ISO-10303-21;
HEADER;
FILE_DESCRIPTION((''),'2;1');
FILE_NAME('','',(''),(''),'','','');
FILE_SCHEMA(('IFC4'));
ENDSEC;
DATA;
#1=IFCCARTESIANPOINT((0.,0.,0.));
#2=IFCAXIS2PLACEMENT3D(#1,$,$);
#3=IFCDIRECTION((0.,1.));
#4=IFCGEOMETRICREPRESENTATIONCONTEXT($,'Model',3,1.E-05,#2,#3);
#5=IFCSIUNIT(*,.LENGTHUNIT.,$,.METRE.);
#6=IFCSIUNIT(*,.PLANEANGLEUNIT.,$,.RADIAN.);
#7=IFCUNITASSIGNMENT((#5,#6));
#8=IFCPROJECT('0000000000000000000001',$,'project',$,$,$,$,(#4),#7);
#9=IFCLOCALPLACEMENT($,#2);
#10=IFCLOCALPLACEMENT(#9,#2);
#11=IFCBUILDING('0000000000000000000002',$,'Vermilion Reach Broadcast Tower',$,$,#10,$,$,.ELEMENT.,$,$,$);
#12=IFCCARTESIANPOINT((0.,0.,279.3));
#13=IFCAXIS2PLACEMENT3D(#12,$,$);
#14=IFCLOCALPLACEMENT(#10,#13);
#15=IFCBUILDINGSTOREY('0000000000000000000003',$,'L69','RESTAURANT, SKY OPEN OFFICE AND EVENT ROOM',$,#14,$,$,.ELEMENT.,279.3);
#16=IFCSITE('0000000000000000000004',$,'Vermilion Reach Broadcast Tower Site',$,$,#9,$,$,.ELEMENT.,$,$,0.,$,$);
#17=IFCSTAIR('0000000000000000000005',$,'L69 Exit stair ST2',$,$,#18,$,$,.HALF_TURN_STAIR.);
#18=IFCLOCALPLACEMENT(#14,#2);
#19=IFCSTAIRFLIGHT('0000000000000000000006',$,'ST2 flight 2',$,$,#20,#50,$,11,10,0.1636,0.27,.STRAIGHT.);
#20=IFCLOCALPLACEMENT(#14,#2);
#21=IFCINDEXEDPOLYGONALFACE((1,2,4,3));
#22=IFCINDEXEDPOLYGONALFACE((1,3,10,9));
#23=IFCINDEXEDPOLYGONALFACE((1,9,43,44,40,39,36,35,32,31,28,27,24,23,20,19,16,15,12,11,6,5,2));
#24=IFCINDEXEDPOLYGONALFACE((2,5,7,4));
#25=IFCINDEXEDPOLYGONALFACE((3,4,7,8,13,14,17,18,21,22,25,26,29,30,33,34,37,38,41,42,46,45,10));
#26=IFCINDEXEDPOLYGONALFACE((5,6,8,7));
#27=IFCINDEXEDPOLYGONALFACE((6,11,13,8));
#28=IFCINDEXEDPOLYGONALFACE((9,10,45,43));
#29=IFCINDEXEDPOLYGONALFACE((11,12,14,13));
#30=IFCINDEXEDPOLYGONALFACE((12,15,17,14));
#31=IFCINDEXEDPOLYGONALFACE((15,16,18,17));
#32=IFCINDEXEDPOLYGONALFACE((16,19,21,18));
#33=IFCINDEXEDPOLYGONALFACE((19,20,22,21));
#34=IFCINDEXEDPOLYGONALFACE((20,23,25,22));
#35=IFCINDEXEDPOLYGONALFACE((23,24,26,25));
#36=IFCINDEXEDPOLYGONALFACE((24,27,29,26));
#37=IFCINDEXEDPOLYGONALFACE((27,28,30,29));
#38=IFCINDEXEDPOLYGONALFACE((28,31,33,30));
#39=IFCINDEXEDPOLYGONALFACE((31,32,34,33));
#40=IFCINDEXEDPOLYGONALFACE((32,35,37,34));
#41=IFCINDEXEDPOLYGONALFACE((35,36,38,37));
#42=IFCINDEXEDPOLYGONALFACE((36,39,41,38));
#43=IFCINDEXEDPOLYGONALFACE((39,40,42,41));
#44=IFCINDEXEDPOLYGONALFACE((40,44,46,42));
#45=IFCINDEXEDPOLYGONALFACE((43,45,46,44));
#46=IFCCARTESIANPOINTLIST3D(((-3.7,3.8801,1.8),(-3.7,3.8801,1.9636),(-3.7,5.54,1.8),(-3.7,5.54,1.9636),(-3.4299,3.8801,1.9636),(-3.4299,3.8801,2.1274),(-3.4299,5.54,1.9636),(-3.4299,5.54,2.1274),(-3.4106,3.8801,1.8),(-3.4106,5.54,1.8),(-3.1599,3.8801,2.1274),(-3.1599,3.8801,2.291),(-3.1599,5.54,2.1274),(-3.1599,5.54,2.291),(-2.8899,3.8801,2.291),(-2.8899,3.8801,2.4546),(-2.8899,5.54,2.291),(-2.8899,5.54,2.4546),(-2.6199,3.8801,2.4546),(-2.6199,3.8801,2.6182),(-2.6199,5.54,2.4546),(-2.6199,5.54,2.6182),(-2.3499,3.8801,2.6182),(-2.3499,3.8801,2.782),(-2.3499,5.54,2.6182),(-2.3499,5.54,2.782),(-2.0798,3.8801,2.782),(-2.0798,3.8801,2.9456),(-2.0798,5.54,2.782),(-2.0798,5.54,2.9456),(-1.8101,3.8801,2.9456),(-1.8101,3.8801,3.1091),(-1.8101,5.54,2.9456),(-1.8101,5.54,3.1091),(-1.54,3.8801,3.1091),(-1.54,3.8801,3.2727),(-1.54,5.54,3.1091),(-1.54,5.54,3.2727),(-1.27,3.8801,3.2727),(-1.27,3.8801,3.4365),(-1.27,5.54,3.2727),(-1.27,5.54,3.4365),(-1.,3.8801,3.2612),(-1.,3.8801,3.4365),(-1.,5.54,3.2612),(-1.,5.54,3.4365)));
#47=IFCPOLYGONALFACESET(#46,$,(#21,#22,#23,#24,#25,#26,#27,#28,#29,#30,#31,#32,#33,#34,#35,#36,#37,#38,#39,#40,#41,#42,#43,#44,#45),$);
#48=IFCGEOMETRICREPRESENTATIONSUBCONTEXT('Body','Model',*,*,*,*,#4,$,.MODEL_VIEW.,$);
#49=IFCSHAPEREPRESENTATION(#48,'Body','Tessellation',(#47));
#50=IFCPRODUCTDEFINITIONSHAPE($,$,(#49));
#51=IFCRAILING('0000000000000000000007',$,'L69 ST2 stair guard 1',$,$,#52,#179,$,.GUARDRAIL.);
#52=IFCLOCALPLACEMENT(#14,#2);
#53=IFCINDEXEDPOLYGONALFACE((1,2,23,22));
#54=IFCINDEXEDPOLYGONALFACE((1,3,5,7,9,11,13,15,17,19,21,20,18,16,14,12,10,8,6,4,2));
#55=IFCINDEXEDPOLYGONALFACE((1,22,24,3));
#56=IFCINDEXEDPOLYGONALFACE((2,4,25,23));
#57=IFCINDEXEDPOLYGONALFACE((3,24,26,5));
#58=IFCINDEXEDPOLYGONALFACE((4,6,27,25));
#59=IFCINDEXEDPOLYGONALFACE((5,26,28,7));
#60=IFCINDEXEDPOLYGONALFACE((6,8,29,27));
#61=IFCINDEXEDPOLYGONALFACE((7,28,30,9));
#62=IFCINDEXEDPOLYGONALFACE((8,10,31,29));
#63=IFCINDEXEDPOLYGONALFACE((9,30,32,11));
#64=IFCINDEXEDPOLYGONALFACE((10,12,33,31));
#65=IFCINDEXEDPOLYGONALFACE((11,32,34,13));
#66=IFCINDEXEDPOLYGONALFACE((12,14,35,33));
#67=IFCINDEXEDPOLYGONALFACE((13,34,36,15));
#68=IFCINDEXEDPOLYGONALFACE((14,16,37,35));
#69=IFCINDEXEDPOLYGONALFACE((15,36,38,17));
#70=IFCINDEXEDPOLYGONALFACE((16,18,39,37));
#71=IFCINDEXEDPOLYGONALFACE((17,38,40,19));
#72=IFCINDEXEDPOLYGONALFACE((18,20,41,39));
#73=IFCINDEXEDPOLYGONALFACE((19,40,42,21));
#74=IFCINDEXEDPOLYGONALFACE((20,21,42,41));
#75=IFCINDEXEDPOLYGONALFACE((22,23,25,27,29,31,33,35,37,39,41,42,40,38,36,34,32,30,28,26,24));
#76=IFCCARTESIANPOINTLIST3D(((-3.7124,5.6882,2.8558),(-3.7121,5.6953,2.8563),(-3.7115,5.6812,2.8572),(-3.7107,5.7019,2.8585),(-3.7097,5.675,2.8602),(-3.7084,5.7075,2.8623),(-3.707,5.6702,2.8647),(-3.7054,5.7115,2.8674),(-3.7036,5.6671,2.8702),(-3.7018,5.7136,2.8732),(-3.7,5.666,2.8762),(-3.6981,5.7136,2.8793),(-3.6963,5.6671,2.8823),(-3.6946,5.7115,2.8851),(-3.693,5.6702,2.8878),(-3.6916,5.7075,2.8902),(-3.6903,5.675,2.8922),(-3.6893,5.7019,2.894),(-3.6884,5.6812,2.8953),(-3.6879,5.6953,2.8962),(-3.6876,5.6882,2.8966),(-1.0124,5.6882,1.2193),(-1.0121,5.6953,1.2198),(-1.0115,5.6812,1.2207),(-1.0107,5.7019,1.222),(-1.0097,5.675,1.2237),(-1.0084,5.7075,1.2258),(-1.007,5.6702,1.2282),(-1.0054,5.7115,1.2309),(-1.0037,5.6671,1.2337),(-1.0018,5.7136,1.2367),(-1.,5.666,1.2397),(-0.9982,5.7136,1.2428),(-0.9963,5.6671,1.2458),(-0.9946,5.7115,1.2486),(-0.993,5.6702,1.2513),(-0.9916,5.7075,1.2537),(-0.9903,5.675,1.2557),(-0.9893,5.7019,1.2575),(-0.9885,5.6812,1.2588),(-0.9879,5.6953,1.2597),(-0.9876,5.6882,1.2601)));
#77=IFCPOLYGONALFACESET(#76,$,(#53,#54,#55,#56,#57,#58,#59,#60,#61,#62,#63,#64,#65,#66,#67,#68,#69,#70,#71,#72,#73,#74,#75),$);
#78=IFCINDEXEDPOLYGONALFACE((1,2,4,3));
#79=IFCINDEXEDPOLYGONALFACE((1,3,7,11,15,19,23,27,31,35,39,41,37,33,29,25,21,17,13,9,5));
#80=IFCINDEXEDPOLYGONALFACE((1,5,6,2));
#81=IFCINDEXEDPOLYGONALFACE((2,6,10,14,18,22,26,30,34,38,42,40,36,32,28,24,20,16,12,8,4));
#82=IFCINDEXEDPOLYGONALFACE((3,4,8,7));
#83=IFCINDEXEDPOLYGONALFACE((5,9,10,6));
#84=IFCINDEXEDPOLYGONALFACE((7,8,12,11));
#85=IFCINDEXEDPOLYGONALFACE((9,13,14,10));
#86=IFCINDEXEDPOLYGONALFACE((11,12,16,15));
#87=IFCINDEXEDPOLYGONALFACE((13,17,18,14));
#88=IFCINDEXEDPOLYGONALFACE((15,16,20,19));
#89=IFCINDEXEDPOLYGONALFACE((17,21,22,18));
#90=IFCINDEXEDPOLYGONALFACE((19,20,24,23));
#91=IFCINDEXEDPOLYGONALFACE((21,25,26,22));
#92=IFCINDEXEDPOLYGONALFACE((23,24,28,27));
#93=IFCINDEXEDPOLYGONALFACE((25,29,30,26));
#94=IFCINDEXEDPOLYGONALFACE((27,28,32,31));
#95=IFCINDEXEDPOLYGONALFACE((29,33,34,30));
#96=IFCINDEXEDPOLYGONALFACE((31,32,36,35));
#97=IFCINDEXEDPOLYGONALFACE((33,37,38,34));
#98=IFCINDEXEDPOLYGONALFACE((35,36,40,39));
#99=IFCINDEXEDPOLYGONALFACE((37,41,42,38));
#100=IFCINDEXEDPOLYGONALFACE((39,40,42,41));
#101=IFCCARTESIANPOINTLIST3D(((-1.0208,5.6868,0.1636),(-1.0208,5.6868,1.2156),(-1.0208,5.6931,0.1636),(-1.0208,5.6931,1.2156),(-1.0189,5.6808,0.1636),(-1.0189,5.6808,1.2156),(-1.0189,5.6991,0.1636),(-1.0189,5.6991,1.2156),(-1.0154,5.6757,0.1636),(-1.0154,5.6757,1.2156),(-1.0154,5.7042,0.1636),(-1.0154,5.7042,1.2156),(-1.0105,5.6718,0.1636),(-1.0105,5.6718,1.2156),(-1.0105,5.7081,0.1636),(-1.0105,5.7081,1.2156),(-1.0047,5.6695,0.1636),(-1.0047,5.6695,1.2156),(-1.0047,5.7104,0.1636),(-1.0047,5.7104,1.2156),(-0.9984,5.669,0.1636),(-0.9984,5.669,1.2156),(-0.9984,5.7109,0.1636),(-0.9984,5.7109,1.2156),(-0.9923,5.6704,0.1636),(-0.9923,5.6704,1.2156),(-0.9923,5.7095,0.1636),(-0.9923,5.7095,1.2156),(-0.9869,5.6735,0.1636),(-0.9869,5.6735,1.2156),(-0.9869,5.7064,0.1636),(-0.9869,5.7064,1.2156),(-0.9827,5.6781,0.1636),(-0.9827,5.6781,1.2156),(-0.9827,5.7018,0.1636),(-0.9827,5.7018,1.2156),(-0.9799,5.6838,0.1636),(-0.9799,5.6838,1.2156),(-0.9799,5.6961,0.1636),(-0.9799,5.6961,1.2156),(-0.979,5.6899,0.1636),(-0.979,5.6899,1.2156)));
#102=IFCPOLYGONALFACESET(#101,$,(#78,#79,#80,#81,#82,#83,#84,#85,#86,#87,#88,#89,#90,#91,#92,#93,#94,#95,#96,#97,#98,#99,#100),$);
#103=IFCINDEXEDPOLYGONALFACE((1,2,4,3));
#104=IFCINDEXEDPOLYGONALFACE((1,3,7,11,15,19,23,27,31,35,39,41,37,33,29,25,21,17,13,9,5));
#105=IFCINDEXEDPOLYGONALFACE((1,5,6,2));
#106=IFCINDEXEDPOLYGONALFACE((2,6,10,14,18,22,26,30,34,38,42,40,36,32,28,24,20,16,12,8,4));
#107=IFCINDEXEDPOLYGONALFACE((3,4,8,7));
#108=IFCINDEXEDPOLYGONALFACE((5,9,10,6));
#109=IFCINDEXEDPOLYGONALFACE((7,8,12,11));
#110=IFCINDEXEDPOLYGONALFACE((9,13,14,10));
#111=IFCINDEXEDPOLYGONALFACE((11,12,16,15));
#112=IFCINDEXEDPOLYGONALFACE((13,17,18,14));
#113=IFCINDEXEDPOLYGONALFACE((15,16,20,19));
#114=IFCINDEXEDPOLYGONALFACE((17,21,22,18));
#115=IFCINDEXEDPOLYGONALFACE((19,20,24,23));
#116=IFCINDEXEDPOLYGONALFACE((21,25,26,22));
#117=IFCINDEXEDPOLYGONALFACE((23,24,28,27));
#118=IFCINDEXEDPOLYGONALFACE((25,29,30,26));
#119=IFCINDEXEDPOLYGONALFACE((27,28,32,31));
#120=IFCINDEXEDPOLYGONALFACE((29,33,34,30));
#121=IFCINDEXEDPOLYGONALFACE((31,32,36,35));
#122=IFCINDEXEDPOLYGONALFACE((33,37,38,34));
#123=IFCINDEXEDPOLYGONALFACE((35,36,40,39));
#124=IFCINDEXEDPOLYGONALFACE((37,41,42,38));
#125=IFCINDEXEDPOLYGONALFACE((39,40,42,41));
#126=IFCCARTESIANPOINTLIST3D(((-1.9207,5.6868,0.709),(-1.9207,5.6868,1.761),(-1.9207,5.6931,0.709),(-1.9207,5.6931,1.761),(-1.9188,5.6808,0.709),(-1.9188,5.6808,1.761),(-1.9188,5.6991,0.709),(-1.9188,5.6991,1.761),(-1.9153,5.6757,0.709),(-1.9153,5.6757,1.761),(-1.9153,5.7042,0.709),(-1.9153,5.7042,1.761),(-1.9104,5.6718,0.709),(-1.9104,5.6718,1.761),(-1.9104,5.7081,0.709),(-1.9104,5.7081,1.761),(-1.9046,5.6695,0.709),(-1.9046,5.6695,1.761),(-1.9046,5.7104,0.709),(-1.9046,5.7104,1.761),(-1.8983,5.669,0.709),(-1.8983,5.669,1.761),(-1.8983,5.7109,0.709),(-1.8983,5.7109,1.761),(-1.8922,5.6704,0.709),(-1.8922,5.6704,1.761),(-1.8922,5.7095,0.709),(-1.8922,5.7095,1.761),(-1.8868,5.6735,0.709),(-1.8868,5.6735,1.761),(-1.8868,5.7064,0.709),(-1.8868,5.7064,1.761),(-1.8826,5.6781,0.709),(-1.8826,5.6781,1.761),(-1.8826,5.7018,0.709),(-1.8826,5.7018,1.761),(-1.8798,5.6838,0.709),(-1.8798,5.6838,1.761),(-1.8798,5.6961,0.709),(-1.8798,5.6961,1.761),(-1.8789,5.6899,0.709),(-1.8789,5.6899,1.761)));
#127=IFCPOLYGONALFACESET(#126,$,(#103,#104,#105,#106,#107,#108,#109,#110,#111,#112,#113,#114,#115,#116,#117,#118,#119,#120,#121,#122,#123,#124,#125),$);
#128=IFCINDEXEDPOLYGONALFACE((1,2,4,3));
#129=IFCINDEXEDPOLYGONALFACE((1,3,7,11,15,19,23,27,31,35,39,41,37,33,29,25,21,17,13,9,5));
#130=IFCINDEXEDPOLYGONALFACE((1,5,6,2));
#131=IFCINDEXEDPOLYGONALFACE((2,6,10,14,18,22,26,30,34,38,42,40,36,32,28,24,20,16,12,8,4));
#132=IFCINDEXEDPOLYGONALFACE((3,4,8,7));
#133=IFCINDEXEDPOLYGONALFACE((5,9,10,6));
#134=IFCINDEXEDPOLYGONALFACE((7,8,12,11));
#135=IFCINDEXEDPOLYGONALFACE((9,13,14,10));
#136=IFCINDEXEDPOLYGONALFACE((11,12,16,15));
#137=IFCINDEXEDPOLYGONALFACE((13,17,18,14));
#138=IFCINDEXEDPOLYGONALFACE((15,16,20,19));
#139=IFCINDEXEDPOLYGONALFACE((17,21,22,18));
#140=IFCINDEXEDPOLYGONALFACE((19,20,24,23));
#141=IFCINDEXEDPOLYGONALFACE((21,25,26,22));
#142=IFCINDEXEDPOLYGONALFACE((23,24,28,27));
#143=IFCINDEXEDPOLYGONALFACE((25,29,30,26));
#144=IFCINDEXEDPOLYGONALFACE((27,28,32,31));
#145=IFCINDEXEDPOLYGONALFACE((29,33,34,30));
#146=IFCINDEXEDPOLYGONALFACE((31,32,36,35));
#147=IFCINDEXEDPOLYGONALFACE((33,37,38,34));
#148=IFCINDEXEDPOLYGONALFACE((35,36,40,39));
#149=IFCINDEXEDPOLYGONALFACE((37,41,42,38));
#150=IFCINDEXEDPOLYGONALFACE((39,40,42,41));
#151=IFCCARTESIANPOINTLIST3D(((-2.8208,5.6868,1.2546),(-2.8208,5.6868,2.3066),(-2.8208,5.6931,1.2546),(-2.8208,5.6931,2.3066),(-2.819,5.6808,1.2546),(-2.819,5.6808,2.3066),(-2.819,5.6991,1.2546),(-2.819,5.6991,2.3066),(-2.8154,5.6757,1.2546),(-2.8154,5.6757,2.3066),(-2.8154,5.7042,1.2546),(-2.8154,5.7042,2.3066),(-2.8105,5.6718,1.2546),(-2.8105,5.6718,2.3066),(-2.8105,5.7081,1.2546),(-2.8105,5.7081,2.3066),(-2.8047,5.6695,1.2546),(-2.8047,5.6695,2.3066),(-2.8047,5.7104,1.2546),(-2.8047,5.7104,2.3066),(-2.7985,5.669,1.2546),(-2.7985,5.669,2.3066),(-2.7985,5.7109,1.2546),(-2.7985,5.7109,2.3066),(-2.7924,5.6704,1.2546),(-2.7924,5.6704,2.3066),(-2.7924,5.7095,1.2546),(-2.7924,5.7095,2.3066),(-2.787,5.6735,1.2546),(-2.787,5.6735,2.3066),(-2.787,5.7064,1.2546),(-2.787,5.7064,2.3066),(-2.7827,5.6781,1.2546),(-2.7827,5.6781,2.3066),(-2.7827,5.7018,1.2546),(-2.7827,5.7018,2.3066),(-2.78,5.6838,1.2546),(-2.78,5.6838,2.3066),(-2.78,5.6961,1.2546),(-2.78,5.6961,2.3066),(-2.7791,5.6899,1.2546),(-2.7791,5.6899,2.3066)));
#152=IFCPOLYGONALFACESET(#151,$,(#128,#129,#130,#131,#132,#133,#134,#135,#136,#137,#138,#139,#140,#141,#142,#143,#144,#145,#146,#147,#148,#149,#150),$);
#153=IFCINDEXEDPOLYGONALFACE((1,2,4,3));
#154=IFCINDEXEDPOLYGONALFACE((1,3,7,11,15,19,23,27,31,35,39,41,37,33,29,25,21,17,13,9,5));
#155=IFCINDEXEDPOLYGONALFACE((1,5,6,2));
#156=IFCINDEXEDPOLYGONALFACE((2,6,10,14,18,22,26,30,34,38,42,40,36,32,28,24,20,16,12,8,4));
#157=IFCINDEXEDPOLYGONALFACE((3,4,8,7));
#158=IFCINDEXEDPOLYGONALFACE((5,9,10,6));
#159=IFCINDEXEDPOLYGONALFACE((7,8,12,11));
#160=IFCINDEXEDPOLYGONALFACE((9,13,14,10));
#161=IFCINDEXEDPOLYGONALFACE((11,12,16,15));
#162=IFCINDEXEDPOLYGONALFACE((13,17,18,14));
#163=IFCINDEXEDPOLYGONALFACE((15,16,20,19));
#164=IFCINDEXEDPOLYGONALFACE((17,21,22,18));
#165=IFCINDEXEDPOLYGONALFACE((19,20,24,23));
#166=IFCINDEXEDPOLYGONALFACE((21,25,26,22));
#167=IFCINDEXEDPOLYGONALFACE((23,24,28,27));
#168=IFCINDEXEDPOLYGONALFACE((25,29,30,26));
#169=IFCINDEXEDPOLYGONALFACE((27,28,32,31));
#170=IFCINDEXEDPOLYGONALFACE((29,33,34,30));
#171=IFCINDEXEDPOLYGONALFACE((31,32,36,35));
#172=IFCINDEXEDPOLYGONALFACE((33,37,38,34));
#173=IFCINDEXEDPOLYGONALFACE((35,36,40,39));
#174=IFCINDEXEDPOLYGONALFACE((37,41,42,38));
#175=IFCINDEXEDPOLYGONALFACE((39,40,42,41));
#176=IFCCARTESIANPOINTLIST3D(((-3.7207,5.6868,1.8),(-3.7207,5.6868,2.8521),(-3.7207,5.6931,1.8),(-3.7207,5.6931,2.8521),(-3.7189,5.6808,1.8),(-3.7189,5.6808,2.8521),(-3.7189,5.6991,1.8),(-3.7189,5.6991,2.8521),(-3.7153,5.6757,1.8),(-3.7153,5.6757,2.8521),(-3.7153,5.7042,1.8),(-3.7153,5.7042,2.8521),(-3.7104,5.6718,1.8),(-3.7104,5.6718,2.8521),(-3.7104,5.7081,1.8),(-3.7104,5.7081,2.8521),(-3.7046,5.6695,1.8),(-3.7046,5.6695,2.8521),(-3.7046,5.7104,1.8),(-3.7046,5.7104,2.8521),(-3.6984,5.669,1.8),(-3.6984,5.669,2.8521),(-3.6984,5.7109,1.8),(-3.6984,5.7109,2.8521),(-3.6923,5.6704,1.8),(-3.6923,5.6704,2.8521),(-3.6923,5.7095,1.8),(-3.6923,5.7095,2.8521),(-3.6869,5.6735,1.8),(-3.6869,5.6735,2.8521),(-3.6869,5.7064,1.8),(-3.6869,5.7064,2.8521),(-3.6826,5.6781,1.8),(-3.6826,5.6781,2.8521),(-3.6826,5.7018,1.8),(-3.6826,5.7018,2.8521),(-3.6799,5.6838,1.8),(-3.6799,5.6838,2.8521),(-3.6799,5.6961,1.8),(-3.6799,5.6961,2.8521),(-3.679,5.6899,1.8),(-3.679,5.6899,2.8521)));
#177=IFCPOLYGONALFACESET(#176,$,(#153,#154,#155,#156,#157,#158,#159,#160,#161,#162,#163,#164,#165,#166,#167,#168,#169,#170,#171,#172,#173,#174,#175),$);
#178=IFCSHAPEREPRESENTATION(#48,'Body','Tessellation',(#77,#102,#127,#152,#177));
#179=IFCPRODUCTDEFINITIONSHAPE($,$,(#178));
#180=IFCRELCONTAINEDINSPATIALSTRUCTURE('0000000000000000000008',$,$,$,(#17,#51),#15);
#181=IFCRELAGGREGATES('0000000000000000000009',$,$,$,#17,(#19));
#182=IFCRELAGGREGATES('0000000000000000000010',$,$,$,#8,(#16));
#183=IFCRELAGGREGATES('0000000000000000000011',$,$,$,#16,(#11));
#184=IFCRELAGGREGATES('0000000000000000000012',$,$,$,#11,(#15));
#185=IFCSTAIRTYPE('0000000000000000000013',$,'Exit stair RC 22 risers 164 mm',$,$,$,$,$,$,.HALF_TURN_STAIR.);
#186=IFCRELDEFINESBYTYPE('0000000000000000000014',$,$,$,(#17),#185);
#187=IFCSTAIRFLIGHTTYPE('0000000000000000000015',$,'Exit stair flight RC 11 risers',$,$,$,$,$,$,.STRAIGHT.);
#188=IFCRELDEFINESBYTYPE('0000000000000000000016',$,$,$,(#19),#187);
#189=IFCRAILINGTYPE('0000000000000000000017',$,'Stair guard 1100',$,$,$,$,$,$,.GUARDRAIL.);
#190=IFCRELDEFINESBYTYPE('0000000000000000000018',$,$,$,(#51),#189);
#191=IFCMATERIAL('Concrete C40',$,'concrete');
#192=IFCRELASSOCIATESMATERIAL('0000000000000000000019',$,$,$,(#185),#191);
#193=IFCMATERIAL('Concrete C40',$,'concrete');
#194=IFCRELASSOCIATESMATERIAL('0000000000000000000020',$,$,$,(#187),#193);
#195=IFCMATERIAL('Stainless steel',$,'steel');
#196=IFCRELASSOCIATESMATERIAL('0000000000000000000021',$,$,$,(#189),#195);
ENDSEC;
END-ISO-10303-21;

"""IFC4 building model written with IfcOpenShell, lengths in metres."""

from ifc_helpers import new_model, si_unit, direction, frame, origin, origin_2d, place, context, subcontext, project, spatial, polyline, circle, outline, extrude, material, type_object, element, aggregate, save


model = new_model("IFC4")

# Units and contexts
model_context = context("Model", 3, precision=1e-05, world=origin(), true_north=direction((0.0, 1.0)))
body_context = subcontext(model_context, "Body", "Model", "MODEL_VIEW")
ifc_project = project(units=[si_unit("LENGTHUNIT", "METRE"), si_unit("PLANEANGLEUNIT", "RADIAN")], contexts=[model_context])

# Site, building, storey
site_placement = place(None, origin())
site = spatial("IfcSite", under=ifc_project, at=site_placement, Name="Vermilion Reach Broadcast Tower Site", CompositionType="ELEMENT", RefElevation=0.0)
building_placement = place(site_placement, origin())
building = spatial("IfcBuilding", under=site, at=building_placement, Name="Vermilion Reach Broadcast Tower", CompositionType="ELEMENT")
storey_placement = place(building_placement, frame((0.0, 0.0, 279.3)))
storey = spatial("IfcBuildingStorey", under=building, at=storey_placement, Name="L69", Description="RESTAURANT, SKY OPEN OFFICE AND EVENT ROOM", CompositionType="ELEMENT", Elevation=279.3)

# Stair
ifc_material_1 = material(Name="Concrete C40", Category="concrete")
stair_type = type_object("IfcStairType", Name="Exit stair RC 22 risers 164 mm", PredefinedType="HALF_TURN_STAIR", material=ifc_material_1)
placement_1 = place(storey_placement, origin())
stair_1 = element("IfcStair", 1, at=placement_1, inside=storey, type_object=stair_type, Name="L69 Exit stair ST2", PredefinedType="HALF_TURN_STAIR")

# Stair flight
ifc_material_2 = material(Name="Concrete C40", Category="concrete")
stair_flight_type = type_object("IfcStairFlightType", Name="Exit stair flight RC 11 risers", PredefinedType="STRAIGHT", material=ifc_material_2)
stair_flight_1_placement = place(storey_placement, frame((-3.7, 4.71, 1.8), z_axis=(0.0, 0.0, 1.0), x_axis=(1.0, 0.0, 0.0)))
stair_flight_1 = element("IfcStairFlight", 2, at=stair_flight_1_placement, type_object=stair_flight_type, Name="ST2 flight 2", NumberOfRisers=11, NumberOfTreads=10, PredefinedType="STRAIGHT", RiserHeight=0.1636, TreadLength=0.27, context=body_context, shape_type="SweptSolid", body=[
    extrude(outline(polyline([(0.0, 0.0), (0.0, 0.1636), (0.27, 0.1636), (0.27, 0.3274), (0.54, 0.3274), (0.54, 0.491), (0.8101, 0.491), (0.8101, 0.6545), (1.0801, 0.6545), (1.0801, 0.8181), (1.3501, 0.8181), (1.3501, 0.9819), (1.6201, 0.9819), (1.6201, 1.1455), (1.8899, 1.1455), (1.8899, 1.3091), (2.1599, 1.3091), (2.1599, 1.4727), (2.4299, 1.4727), (2.4299, 1.6365), (2.7, 1.6365), (2.7, 1.8), (2.7, 1.4612), (0.2893, 0.0), (0.0, 0.0)])), frame((0.0, 0.8301, 0.0), z_axis=(0.0, -1.0, 0.0), x_axis=(1.0, 0.0, 0.0)), (0.0, 0.0, 1.0), 1.6599),
])
aggregate(stair_1, [stair_flight_1])

# Railing
ifc_material_3 = material(Name="Stainless steel", Category="steel")
railing_type_1 = type_object("IfcRailingType", Name="Stair guard 1100", PredefinedType="GUARDRAIL", material=ifc_material_3)
railing_1_placement = place(storey_placement, frame((-1.0, 5.6899, 0.1636)))
element("IfcRailing", 3, at=railing_1_placement, inside=storey, type_object=railing_type_1, Name="L69 ST2 stair guard 1", PredefinedType="GUARDRAIL", context=body_context, shape_type="SweptSolid", body=[
    extrude(circle(Radius=0.0239, at=origin_2d()), frame((0.0, 0.0, 1.0762), z_axis=(-0.855178, 0.0, 0.518334), x_axis=(0.0, -1.0, 0.0)), (0.0, 0.0, 1.0), 3.1572),
    extrude(circle(Radius=0.021, at=origin_2d()), origin(), (0.0, 0.0, 1.0), 1.052),
    extrude(circle(Radius=0.021, at=origin_2d()), frame((-0.8999, 0.0, 0.5454)), (0.0, 0.0, 1.0), 1.052),
    extrude(circle(Radius=0.021, at=origin_2d()), frame((-1.8, 0.0, 1.0911)), (0.0, 0.0, 1.0), 1.052),
    extrude(circle(Radius=0.021, at=origin_2d()), frame((-2.7, 0.0, 1.6365)), (0.0, 0.0, 1.0), 1.052),
])

save(model, "model.ifc")
